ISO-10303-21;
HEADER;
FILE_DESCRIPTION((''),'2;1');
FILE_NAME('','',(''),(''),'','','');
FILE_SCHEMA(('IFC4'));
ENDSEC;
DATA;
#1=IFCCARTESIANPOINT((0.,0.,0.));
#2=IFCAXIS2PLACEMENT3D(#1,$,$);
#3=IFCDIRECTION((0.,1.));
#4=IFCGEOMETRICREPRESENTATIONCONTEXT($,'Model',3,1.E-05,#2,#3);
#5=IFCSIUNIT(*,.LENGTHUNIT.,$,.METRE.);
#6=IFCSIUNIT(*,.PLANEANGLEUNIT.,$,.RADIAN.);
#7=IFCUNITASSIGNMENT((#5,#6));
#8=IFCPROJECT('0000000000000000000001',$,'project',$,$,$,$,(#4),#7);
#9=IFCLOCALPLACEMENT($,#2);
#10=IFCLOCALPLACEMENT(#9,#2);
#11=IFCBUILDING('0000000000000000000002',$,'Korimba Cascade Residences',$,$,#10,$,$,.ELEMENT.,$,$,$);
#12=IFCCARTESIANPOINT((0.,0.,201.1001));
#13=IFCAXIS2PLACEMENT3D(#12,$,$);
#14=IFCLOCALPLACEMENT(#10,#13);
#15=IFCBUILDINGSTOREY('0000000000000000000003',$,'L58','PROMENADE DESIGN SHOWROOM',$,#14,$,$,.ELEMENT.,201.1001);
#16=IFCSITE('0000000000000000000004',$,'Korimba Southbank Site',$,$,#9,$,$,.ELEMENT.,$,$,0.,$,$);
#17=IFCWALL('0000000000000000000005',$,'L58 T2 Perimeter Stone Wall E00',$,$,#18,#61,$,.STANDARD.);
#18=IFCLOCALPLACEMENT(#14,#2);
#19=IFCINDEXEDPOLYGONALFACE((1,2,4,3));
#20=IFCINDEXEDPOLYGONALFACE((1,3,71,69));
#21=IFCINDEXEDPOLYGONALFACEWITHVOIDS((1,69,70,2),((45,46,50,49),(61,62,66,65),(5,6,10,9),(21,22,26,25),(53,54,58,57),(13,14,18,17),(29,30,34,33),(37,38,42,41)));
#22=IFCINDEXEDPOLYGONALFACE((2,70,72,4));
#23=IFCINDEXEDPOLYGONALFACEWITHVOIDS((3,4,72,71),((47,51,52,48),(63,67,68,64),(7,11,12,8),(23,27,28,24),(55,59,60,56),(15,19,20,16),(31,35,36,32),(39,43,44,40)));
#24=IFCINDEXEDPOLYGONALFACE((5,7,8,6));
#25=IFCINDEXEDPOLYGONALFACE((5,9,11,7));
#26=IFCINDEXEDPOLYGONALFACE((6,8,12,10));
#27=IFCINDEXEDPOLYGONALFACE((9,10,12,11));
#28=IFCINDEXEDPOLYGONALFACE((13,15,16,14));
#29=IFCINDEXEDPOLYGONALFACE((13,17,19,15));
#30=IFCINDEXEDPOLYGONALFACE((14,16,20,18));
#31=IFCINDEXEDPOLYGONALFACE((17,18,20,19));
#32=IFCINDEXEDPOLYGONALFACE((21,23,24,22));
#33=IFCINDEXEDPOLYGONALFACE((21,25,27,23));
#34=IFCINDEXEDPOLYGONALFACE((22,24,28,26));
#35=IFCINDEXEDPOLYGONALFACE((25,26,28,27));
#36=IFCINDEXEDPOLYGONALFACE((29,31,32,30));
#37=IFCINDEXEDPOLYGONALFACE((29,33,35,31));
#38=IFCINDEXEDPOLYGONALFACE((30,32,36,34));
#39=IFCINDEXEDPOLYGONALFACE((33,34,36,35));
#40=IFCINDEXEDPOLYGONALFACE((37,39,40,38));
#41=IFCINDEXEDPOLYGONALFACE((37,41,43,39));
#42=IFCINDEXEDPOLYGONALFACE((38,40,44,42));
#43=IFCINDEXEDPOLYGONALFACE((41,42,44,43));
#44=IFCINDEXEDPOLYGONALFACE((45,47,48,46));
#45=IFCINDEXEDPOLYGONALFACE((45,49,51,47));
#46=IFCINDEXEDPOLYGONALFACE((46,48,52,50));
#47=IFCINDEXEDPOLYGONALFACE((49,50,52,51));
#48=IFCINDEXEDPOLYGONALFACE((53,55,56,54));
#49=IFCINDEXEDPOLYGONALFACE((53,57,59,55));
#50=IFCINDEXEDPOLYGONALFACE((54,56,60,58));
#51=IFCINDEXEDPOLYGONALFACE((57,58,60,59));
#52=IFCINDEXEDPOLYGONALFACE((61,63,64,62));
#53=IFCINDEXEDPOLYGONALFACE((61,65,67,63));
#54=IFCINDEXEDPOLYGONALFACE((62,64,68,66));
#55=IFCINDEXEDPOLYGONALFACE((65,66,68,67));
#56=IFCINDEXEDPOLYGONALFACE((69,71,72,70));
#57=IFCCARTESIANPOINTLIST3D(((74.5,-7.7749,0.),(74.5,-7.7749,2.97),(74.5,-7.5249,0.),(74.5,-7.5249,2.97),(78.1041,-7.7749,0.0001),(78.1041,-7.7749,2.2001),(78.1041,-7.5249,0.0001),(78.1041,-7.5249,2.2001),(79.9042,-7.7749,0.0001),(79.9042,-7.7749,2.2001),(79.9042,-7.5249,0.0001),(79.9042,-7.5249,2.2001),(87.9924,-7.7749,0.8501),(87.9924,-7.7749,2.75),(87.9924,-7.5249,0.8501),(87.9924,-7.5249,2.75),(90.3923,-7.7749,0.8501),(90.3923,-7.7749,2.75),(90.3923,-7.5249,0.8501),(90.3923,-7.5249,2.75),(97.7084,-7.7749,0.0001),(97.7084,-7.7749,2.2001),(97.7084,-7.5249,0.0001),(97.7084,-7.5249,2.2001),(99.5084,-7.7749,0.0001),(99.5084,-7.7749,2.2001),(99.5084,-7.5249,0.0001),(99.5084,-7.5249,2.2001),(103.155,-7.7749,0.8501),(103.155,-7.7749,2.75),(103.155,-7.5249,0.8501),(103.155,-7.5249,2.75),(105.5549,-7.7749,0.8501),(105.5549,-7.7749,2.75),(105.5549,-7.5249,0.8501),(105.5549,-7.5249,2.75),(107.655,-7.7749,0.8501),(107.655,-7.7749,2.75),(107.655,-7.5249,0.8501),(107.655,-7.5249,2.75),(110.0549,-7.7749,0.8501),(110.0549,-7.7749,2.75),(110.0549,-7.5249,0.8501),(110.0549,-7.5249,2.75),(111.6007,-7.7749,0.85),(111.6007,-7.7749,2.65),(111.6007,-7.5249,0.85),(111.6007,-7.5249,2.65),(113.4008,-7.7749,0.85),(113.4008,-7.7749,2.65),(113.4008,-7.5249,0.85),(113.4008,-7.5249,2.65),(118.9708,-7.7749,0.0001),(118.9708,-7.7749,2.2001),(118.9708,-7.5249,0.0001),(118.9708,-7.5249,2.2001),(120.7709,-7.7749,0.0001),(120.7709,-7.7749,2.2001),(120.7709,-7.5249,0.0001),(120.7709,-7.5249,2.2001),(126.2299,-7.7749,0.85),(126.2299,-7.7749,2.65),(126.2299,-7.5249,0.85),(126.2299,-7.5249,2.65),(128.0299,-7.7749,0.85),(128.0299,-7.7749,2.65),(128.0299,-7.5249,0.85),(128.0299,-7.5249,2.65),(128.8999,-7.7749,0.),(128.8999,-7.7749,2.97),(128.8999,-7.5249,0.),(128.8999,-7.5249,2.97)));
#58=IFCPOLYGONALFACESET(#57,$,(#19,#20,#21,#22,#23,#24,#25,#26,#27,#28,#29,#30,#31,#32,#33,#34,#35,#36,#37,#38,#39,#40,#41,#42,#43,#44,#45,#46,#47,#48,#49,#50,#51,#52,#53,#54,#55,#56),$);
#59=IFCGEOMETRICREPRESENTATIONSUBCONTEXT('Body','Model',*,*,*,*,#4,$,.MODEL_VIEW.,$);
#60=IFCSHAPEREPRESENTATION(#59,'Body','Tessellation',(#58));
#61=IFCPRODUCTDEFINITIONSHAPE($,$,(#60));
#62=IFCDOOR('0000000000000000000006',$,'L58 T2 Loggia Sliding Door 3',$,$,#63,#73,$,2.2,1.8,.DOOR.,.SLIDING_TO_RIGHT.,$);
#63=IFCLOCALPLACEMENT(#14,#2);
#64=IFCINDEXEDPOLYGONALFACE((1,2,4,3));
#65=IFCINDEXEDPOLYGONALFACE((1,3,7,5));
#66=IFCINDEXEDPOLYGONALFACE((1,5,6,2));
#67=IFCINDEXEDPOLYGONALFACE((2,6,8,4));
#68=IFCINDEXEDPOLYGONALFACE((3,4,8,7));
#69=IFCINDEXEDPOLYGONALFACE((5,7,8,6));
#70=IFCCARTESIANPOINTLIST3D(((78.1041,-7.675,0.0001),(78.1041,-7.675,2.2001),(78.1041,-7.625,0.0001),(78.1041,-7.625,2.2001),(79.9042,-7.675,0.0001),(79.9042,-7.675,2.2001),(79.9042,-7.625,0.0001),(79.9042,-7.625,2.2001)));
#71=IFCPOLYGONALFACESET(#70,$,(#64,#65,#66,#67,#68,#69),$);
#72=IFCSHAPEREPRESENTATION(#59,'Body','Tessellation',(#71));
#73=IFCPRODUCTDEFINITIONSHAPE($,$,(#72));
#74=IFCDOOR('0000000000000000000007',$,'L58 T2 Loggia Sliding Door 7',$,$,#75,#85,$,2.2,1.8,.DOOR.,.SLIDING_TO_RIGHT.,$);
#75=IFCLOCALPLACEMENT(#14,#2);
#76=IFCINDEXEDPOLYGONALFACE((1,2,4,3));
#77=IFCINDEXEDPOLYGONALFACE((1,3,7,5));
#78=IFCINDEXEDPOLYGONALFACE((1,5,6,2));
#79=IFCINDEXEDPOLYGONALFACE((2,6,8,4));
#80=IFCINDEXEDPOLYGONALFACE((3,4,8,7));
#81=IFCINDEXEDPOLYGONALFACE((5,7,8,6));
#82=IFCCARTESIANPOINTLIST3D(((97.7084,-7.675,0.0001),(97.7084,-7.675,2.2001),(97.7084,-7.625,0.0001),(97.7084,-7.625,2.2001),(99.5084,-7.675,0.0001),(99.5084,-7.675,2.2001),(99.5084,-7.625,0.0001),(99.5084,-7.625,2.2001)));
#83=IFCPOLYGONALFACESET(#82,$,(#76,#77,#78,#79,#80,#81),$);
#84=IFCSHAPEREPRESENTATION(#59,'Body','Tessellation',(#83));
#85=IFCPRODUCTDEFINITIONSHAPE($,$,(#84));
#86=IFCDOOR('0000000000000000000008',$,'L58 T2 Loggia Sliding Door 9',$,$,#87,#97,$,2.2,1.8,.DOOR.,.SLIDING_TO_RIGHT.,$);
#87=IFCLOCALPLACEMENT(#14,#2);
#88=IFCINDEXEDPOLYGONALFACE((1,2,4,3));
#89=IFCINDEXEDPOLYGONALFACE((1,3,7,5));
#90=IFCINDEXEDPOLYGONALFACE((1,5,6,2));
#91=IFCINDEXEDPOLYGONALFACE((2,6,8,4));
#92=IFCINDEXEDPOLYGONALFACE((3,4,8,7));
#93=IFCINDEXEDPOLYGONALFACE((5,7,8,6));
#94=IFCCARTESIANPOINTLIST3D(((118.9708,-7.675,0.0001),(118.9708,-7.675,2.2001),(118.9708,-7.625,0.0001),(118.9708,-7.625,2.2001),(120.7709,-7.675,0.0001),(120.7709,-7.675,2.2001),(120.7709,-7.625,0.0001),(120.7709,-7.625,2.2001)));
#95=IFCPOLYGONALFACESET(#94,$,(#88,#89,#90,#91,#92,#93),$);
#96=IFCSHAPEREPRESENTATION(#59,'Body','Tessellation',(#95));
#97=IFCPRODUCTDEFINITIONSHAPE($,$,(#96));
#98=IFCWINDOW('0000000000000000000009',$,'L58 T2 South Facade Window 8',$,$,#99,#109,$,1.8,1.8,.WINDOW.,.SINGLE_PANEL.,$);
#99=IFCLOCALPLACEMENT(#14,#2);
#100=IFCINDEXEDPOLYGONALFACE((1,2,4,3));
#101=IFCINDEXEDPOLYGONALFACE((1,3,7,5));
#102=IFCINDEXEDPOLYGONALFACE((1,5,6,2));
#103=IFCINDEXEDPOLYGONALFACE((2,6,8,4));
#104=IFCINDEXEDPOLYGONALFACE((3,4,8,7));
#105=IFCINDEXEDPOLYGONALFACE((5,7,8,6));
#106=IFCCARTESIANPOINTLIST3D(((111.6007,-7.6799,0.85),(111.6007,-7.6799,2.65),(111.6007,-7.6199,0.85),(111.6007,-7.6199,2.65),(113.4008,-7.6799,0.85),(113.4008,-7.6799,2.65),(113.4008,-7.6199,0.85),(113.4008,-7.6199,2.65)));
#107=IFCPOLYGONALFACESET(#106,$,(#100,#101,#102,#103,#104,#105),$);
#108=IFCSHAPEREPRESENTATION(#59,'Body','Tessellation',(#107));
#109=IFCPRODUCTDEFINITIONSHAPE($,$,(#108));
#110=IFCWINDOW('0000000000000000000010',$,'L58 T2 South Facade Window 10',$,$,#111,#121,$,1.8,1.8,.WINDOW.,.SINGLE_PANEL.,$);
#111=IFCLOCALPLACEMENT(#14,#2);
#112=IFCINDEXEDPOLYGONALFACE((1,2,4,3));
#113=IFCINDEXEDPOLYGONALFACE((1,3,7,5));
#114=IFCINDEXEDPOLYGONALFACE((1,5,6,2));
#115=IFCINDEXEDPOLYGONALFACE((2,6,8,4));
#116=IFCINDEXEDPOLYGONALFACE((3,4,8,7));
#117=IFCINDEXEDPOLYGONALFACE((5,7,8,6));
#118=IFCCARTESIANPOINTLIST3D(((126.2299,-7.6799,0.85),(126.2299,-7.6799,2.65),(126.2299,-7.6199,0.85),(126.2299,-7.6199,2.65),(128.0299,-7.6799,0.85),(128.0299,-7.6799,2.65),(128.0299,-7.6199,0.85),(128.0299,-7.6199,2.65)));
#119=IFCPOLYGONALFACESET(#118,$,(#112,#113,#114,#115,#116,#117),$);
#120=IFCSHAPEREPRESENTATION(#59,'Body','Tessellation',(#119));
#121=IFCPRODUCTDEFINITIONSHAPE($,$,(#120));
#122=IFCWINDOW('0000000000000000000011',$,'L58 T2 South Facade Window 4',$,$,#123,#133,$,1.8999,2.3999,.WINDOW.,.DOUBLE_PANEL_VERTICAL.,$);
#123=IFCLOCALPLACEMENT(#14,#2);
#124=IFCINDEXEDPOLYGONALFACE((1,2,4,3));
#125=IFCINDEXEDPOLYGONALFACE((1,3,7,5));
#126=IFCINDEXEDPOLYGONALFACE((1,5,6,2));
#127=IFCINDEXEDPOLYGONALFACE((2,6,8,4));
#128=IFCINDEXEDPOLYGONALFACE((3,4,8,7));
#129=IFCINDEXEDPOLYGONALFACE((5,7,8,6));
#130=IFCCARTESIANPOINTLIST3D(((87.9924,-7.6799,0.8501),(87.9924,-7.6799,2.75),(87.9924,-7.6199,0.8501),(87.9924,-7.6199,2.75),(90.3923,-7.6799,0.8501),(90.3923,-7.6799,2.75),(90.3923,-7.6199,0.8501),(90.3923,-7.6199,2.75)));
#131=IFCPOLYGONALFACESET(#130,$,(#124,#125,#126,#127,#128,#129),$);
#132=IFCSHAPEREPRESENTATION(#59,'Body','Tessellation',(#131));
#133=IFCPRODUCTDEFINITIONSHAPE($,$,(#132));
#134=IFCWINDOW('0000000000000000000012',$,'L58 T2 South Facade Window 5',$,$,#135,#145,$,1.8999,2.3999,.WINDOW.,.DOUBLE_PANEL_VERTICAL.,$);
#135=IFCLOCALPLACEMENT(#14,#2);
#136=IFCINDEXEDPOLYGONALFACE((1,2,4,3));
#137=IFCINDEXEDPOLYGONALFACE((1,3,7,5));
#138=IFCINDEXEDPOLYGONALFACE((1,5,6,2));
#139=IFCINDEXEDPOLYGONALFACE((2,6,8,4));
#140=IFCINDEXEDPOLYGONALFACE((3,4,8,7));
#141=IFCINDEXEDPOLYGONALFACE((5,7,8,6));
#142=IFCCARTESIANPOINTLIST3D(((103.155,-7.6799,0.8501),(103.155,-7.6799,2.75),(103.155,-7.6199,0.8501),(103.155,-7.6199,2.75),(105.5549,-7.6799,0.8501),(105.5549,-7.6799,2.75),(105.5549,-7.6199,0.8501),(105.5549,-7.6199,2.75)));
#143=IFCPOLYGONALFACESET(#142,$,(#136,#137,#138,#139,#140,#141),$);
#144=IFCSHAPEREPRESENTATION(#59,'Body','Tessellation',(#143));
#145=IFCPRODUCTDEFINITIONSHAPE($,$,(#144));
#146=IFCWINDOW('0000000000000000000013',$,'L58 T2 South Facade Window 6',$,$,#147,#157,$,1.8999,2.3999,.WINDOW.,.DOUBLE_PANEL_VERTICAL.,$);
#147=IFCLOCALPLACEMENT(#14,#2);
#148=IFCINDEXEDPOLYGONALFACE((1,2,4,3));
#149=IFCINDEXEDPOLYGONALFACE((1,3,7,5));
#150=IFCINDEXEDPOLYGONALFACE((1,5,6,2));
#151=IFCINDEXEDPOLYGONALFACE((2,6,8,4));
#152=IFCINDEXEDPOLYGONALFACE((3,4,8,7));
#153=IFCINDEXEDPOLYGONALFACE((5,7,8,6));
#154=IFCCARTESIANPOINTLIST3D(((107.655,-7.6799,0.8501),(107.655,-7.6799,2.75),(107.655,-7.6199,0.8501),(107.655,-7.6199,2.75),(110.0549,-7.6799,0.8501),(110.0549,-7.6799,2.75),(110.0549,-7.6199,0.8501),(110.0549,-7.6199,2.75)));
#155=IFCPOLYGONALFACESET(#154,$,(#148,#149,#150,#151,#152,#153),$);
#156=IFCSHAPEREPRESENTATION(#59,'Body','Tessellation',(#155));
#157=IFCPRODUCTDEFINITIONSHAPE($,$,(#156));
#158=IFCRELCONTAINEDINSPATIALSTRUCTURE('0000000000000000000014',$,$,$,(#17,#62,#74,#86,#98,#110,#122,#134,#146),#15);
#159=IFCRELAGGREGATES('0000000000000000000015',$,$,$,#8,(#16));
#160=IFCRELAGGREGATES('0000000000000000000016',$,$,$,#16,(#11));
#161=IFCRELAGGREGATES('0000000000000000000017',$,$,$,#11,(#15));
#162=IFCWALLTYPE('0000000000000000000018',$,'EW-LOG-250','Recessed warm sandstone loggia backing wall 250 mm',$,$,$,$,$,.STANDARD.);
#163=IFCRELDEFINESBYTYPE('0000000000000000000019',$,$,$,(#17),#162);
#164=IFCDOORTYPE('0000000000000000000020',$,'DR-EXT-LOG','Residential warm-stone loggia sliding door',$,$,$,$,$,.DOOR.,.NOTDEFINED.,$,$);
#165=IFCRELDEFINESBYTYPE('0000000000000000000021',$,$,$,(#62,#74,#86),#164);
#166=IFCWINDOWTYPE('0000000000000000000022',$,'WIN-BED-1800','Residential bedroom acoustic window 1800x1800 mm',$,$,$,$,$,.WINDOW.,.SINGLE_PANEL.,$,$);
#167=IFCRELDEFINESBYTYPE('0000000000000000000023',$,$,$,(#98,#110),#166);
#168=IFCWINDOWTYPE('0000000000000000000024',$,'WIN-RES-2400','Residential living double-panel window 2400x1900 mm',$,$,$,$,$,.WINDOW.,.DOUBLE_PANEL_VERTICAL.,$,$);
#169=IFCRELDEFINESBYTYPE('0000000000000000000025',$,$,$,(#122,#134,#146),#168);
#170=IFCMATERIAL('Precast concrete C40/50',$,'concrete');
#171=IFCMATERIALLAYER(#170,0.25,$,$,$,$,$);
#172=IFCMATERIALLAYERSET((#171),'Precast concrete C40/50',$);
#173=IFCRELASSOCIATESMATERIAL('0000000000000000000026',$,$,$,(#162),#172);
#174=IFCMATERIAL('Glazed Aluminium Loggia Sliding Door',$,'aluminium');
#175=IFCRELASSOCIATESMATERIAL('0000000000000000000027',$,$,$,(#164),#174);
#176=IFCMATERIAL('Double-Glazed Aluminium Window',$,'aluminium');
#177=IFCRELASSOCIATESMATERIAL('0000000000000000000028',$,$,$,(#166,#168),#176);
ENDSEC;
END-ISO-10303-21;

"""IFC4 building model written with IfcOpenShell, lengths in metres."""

from ifc_helpers import new_model, si_unit, direction, frame, frame_2d, origin, place, context, subcontext, project, spatial, rectangle, extrude, material, layer, layer_set, type_object, element, fill, save


model = new_model("IFC4")

# Units and contexts
model_context = context("Model", 3, precision=1e-05, world=origin(), true_north=direction((0.0, 1.0)))
body_context = subcontext(model_context, "Body", "Model", "MODEL_VIEW")
ifc_project = project(units=[si_unit("LENGTHUNIT", "METRE"), si_unit("PLANEANGLEUNIT", "RADIAN")], contexts=[model_context])

# Site, building, storey
site_placement = place(None, origin())
site = spatial("IfcSite", under=ifc_project, at=site_placement, Name="Korimba Southbank Site", CompositionType="ELEMENT", RefElevation=0.0)
building_placement = place(site_placement, origin())
building = spatial("IfcBuilding", under=site, at=building_placement, Name="Korimba Cascade Residences", CompositionType="ELEMENT")
storey_placement = place(building_placement, frame((0.0, 0.0, 201.1001)))
storey = spatial("IfcBuildingStorey", under=building, at=storey_placement, Name="L58", Description="PROMENADE DESIGN SHOWROOM", CompositionType="ELEMENT", Elevation=201.1001)

# Wall, openings, doors, windows
ifc_material_1 = material(Name="Precast concrete C40/50", Category="concrete")
ifc_layer_1 = layer(ifc_material_1, 0.25)
ifc_layer_set_1 = layer_set([ifc_layer_1], Name="Precast concrete C40/50")
wall_type_1 = type_object("IfcWallType", Name="EW-LOG-250", Description="Recessed warm sandstone loggia backing wall 250 mm", PredefinedType="STANDARD", material=ifc_layer_set_1)
wall_1_placement = place(storey_placement, frame((74.5, -7.6499, 0.0), z_axis=(0.0, 0.0, 1.0), x_axis=(1.0, 0.0, 0.0)))
wall_1 = element("IfcWall", 1, at=wall_1_placement, inside=storey, type_object=wall_type_1, Name="L58 T2 Perimeter Stone Wall E00", PredefinedType="STANDARD", context=body_context, shape_type="SweptSolid", body=[
    extrude(rectangle(XDim=54.3999, YDim=0.25, at=frame_2d((27.2, 0.0))), origin(), (0.0, 0.0, 1.0), 2.97),
])
opening_1_placement = place(wall_1_placement, frame((3.6042, 0.0, 0.0)))
opening_1 = element("IfcOpeningElement", 2, at=opening_1_placement, cuts=wall_1, PredefinedType="OPENING", context=body_context, shape_type="SweptSolid", body=[
    extrude(rectangle(XDim=1.8, YDim=2.2, at=frame_2d((0.8999, 1.1001))), frame((0.0, 0.135, 0.0), z_axis=(0.0, -1.0, 0.0), x_axis=(1.0, 0.0, 0.0)), (0.0, 0.0, 1.0), 0.27),
])
opening_2_placement = place(wall_1_placement, frame((13.4924, 0.0, 0.8501)))
opening_2 = element("IfcOpeningElement", 3, at=opening_2_placement, cuts=wall_1, PredefinedType="OPENING", context=body_context, shape_type="SweptSolid", body=[
    extrude(rectangle(XDim=2.3999, YDim=1.8999, at=frame_2d((1.2, 0.95))), frame((0.0, 0.135, 0.0), z_axis=(0.0, -1.0, 0.0), x_axis=(1.0, 0.0, 0.0)), (0.0, 0.0, 1.0), 0.27),
])
opening_3_placement = place(wall_1_placement, frame((28.655, 0.0, 0.8501)))
opening_3 = element("IfcOpeningElement", 4, at=opening_3_placement, cuts=wall_1, PredefinedType="OPENING", context=body_context, shape_type="SweptSolid", body=[
    extrude(rectangle(XDim=2.3999, YDim=1.8999, at=frame_2d((1.2, 0.95))), frame((0.0, 0.135, 0.0), z_axis=(0.0, -1.0, 0.0), x_axis=(1.0, 0.0, 0.0)), (0.0, 0.0, 1.0), 0.27),
])
opening_4_placement = place(wall_1_placement, frame((33.155, 0.0, 0.8501)))
opening_4 = element("IfcOpeningElement", 5, at=opening_4_placement, cuts=wall_1, PredefinedType="OPENING", context=body_context, shape_type="SweptSolid", body=[
    extrude(rectangle(XDim=2.3999, YDim=1.8999, at=frame_2d((1.2, 0.95))), frame((0.0, 0.135, 0.0), z_axis=(0.0, -1.0, 0.0), x_axis=(1.0, 0.0, 0.0)), (0.0, 0.0, 1.0), 0.27),
])
opening_5_placement = place(wall_1_placement, frame((23.2085, 0.0, 0.0)))
opening_5 = element("IfcOpeningElement", 6, at=opening_5_placement, cuts=wall_1, PredefinedType="OPENING", context=body_context, shape_type="SweptSolid", body=[
    extrude(rectangle(XDim=1.8, YDim=2.2, at=frame_2d((0.8999, 1.1001))), frame((0.0, 0.135, 0.0), z_axis=(0.0, -1.0, 0.0), x_axis=(1.0, 0.0, 0.0)), (0.0, 0.0, 1.0), 0.27),
])
opening_6_placement = place(wall_1_placement, frame((37.1008, 0.0, 0.8501)))
opening_6 = element("IfcOpeningElement", 7, at=opening_6_placement, cuts=wall_1, PredefinedType="OPENING", context=body_context, shape_type="SweptSolid", body=[
    extrude(rectangle(XDim=1.8, YDim=1.8, at=frame_2d((0.8999, 0.8999))), frame((0.0, 0.135, 0.0), z_axis=(0.0, -1.0, 0.0), x_axis=(1.0, 0.0, 0.0)), (0.0, 0.0, 1.0), 0.27),
])
opening_7_placement = place(wall_1_placement, frame((44.4709, 0.0, 0.0)))
opening_7 = element("IfcOpeningElement", 8, at=opening_7_placement, cuts=wall_1, PredefinedType="OPENING", context=body_context, shape_type="SweptSolid", body=[
    extrude(rectangle(XDim=1.8, YDim=2.2, at=frame_2d((0.8999, 1.1001))), frame((0.0, 0.135, 0.0), z_axis=(0.0, -1.0, 0.0), x_axis=(1.0, 0.0, 0.0)), (0.0, 0.0, 1.0), 0.27),
])
opening_8_placement = place(wall_1_placement, frame((51.73, 0.0, 0.8501)))
opening_8 = element("IfcOpeningElement", 9, at=opening_8_placement, cuts=wall_1, PredefinedType="OPENING", context=body_context, shape_type="SweptSolid", body=[
    extrude(rectangle(XDim=1.8, YDim=1.8, at=frame_2d((0.8999, 0.8999))), frame((0.0, 0.135, 0.0), z_axis=(0.0, -1.0, 0.0), x_axis=(1.0, 0.0, 0.0)), (0.0, 0.0, 1.0), 0.27),
])
ifc_material_2 = material(Name="Glazed Aluminium Loggia Sliding Door", Category="aluminium")
door_type_1 = type_object("IfcDoorType", Name="DR-EXT-LOG", Description="Residential warm-stone loggia sliding door", OperationType="NOTDEFINED", PredefinedType="DOOR", material=ifc_material_2)
door_1_placement = place(opening_1_placement, origin())
door_1 = element("IfcDoor", 10, at=door_1_placement, inside=storey, type_object=door_type_1, Name="L58 T2 Loggia Sliding Door 3", OperationType="SLIDING_TO_RIGHT", OverallHeight=2.2, OverallWidth=1.8, PredefinedType="DOOR", context=body_context, shape_type="SweptSolid", body=[
    extrude(rectangle(XDim=1.8, YDim=2.2, at=frame_2d((0.8999, 1.1001))), frame((0.0, 0.0249, 0.0), z_axis=(0.0, -1.0, 0.0), x_axis=(1.0, 0.0, 0.0)), (0.0, 0.0, 1.0), 0.05),
])
fill(opening_1, door_1)
door_2_placement = place(opening_5_placement, origin())
door_2 = element("IfcDoor", 11, at=door_2_placement, inside=storey, type_object=door_type_1, Name="L58 T2 Loggia Sliding Door 7", OperationType="SLIDING_TO_RIGHT", OverallHeight=2.2, OverallWidth=1.8, PredefinedType="DOOR", context=body_context, shape_type="SweptSolid", body=[
    extrude(rectangle(XDim=1.8, YDim=2.2, at=frame_2d((0.8999, 1.1001))), frame((0.0, 0.0249, 0.0), z_axis=(0.0, -1.0, 0.0), x_axis=(1.0, 0.0, 0.0)), (0.0, 0.0, 1.0), 0.05),
])
fill(opening_5, door_2)
door_3_placement = place(opening_7_placement, origin())
door_3 = element("IfcDoor", 12, at=door_3_placement, inside=storey, type_object=door_type_1, Name="L58 T2 Loggia Sliding Door 9", OperationType="SLIDING_TO_RIGHT", OverallHeight=2.2, OverallWidth=1.8, PredefinedType="DOOR", context=body_context, shape_type="SweptSolid", body=[
    extrude(rectangle(XDim=1.8, YDim=2.2, at=frame_2d((0.8999, 1.1001))), frame((0.0, 0.0249, 0.0), z_axis=(0.0, -1.0, 0.0), x_axis=(1.0, 0.0, 0.0)), (0.0, 0.0, 1.0), 0.05),
])
fill(opening_7, door_3)
ifc_material_3 = material(Name="Double-Glazed Aluminium Window", Category="aluminium")
window_type_1 = type_object("IfcWindowType", Name="WIN-BED-1800", Description="Residential bedroom acoustic window 1800x1800 mm", PartitioningType="SINGLE_PANEL", PredefinedType="WINDOW", material=ifc_material_3)
window_1_placement = place(opening_6_placement, origin())
window_1 = element("IfcWindow", 13, at=window_1_placement, inside=storey, type_object=window_type_1, Name="L58 T2 South Facade Window 8", OverallHeight=1.8, OverallWidth=1.8, PartitioningType="SINGLE_PANEL", PredefinedType="WINDOW", context=body_context, shape_type="SweptSolid", body=[
    extrude(rectangle(XDim=1.8, YDim=1.8, at=frame_2d((0.8999, 0.8999))), frame((0.0, 0.03, 0.0), z_axis=(0.0, -1.0, 0.0), x_axis=(1.0, 0.0, 0.0)), (0.0, 0.0, 1.0), 0.0601),
])
fill(opening_6, window_1)
window_2_placement = place(opening_8_placement, origin())
window_2 = element("IfcWindow", 14, at=window_2_placement, inside=storey, type_object=window_type_1, Name="L58 T2 South Facade Window 10", OverallHeight=1.8, OverallWidth=1.8, PartitioningType="SINGLE_PANEL", PredefinedType="WINDOW", context=body_context, shape_type="SweptSolid", body=[
    extrude(rectangle(XDim=1.8, YDim=1.8, at=frame_2d((0.8999, 0.8999))), frame((0.0, 0.03, 0.0), z_axis=(0.0, -1.0, 0.0), x_axis=(1.0, 0.0, 0.0)), (0.0, 0.0, 1.0), 0.0601),
])
fill(opening_8, window_2)
window_type_2 = type_object("IfcWindowType", Name="WIN-RES-2400", Description="Residential living double-panel window 2400x1900 mm", PartitioningType="DOUBLE_PANEL_VERTICAL", PredefinedType="WINDOW", material=ifc_material_3)
window_3_placement = place(opening_2_placement, origin())
window_3 = element("IfcWindow", 15, at=window_3_placement, inside=storey, type_object=window_type_2, Name="L58 T2 South Facade Window 4", OverallHeight=1.8999, OverallWidth=2.3999, PartitioningType="DOUBLE_PANEL_VERTICAL", PredefinedType="WINDOW", context=body_context, shape_type="SweptSolid", body=[
    extrude(rectangle(XDim=2.3999, YDim=1.8999, at=frame_2d((1.2, 0.95))), frame((0.0, 0.03, 0.0), z_axis=(0.0, -1.0, 0.0), x_axis=(1.0, 0.0, 0.0)), (0.0, 0.0, 1.0), 0.0601),
])
fill(opening_2, window_3)
window_4_placement = place(opening_3_placement, origin())
window_4 = element("IfcWindow", 16, at=window_4_placement, inside=storey, type_object=window_type_2, Name="L58 T2 South Facade Window 5", OverallHeight=1.8999, OverallWidth=2.3999, PartitioningType="DOUBLE_PANEL_VERTICAL", PredefinedType="WINDOW", context=body_context, shape_type="SweptSolid", body=[
    extrude(rectangle(XDim=2.3999, YDim=1.8999, at=frame_2d((1.2, 0.95))), frame((0.0, 0.03, 0.0), z_axis=(0.0, -1.0, 0.0), x_axis=(1.0, 0.0, 0.0)), (0.0, 0.0, 1.0), 0.0601),
])
fill(opening_3, window_4)
window_5_placement = place(opening_4_placement, origin())
window_5 = element("IfcWindow", 17, at=window_5_placement, inside=storey, type_object=window_type_2, Name="L58 T2 South Facade Window 6", OverallHeight=1.8999, OverallWidth=2.3999, PartitioningType="DOUBLE_PANEL_VERTICAL", PredefinedType="WINDOW", context=body_context, shape_type="SweptSolid", body=[
    extrude(rectangle(XDim=2.3999, YDim=1.8999, at=frame_2d((1.2, 0.95))), frame((0.0, 0.03, 0.0), z_axis=(0.0, -1.0, 0.0), x_axis=(1.0, 0.0, 0.0)), (0.0, 0.0, 1.0), 0.0601),
])
fill(opening_4, window_5)

save(model, "model.ifc")
